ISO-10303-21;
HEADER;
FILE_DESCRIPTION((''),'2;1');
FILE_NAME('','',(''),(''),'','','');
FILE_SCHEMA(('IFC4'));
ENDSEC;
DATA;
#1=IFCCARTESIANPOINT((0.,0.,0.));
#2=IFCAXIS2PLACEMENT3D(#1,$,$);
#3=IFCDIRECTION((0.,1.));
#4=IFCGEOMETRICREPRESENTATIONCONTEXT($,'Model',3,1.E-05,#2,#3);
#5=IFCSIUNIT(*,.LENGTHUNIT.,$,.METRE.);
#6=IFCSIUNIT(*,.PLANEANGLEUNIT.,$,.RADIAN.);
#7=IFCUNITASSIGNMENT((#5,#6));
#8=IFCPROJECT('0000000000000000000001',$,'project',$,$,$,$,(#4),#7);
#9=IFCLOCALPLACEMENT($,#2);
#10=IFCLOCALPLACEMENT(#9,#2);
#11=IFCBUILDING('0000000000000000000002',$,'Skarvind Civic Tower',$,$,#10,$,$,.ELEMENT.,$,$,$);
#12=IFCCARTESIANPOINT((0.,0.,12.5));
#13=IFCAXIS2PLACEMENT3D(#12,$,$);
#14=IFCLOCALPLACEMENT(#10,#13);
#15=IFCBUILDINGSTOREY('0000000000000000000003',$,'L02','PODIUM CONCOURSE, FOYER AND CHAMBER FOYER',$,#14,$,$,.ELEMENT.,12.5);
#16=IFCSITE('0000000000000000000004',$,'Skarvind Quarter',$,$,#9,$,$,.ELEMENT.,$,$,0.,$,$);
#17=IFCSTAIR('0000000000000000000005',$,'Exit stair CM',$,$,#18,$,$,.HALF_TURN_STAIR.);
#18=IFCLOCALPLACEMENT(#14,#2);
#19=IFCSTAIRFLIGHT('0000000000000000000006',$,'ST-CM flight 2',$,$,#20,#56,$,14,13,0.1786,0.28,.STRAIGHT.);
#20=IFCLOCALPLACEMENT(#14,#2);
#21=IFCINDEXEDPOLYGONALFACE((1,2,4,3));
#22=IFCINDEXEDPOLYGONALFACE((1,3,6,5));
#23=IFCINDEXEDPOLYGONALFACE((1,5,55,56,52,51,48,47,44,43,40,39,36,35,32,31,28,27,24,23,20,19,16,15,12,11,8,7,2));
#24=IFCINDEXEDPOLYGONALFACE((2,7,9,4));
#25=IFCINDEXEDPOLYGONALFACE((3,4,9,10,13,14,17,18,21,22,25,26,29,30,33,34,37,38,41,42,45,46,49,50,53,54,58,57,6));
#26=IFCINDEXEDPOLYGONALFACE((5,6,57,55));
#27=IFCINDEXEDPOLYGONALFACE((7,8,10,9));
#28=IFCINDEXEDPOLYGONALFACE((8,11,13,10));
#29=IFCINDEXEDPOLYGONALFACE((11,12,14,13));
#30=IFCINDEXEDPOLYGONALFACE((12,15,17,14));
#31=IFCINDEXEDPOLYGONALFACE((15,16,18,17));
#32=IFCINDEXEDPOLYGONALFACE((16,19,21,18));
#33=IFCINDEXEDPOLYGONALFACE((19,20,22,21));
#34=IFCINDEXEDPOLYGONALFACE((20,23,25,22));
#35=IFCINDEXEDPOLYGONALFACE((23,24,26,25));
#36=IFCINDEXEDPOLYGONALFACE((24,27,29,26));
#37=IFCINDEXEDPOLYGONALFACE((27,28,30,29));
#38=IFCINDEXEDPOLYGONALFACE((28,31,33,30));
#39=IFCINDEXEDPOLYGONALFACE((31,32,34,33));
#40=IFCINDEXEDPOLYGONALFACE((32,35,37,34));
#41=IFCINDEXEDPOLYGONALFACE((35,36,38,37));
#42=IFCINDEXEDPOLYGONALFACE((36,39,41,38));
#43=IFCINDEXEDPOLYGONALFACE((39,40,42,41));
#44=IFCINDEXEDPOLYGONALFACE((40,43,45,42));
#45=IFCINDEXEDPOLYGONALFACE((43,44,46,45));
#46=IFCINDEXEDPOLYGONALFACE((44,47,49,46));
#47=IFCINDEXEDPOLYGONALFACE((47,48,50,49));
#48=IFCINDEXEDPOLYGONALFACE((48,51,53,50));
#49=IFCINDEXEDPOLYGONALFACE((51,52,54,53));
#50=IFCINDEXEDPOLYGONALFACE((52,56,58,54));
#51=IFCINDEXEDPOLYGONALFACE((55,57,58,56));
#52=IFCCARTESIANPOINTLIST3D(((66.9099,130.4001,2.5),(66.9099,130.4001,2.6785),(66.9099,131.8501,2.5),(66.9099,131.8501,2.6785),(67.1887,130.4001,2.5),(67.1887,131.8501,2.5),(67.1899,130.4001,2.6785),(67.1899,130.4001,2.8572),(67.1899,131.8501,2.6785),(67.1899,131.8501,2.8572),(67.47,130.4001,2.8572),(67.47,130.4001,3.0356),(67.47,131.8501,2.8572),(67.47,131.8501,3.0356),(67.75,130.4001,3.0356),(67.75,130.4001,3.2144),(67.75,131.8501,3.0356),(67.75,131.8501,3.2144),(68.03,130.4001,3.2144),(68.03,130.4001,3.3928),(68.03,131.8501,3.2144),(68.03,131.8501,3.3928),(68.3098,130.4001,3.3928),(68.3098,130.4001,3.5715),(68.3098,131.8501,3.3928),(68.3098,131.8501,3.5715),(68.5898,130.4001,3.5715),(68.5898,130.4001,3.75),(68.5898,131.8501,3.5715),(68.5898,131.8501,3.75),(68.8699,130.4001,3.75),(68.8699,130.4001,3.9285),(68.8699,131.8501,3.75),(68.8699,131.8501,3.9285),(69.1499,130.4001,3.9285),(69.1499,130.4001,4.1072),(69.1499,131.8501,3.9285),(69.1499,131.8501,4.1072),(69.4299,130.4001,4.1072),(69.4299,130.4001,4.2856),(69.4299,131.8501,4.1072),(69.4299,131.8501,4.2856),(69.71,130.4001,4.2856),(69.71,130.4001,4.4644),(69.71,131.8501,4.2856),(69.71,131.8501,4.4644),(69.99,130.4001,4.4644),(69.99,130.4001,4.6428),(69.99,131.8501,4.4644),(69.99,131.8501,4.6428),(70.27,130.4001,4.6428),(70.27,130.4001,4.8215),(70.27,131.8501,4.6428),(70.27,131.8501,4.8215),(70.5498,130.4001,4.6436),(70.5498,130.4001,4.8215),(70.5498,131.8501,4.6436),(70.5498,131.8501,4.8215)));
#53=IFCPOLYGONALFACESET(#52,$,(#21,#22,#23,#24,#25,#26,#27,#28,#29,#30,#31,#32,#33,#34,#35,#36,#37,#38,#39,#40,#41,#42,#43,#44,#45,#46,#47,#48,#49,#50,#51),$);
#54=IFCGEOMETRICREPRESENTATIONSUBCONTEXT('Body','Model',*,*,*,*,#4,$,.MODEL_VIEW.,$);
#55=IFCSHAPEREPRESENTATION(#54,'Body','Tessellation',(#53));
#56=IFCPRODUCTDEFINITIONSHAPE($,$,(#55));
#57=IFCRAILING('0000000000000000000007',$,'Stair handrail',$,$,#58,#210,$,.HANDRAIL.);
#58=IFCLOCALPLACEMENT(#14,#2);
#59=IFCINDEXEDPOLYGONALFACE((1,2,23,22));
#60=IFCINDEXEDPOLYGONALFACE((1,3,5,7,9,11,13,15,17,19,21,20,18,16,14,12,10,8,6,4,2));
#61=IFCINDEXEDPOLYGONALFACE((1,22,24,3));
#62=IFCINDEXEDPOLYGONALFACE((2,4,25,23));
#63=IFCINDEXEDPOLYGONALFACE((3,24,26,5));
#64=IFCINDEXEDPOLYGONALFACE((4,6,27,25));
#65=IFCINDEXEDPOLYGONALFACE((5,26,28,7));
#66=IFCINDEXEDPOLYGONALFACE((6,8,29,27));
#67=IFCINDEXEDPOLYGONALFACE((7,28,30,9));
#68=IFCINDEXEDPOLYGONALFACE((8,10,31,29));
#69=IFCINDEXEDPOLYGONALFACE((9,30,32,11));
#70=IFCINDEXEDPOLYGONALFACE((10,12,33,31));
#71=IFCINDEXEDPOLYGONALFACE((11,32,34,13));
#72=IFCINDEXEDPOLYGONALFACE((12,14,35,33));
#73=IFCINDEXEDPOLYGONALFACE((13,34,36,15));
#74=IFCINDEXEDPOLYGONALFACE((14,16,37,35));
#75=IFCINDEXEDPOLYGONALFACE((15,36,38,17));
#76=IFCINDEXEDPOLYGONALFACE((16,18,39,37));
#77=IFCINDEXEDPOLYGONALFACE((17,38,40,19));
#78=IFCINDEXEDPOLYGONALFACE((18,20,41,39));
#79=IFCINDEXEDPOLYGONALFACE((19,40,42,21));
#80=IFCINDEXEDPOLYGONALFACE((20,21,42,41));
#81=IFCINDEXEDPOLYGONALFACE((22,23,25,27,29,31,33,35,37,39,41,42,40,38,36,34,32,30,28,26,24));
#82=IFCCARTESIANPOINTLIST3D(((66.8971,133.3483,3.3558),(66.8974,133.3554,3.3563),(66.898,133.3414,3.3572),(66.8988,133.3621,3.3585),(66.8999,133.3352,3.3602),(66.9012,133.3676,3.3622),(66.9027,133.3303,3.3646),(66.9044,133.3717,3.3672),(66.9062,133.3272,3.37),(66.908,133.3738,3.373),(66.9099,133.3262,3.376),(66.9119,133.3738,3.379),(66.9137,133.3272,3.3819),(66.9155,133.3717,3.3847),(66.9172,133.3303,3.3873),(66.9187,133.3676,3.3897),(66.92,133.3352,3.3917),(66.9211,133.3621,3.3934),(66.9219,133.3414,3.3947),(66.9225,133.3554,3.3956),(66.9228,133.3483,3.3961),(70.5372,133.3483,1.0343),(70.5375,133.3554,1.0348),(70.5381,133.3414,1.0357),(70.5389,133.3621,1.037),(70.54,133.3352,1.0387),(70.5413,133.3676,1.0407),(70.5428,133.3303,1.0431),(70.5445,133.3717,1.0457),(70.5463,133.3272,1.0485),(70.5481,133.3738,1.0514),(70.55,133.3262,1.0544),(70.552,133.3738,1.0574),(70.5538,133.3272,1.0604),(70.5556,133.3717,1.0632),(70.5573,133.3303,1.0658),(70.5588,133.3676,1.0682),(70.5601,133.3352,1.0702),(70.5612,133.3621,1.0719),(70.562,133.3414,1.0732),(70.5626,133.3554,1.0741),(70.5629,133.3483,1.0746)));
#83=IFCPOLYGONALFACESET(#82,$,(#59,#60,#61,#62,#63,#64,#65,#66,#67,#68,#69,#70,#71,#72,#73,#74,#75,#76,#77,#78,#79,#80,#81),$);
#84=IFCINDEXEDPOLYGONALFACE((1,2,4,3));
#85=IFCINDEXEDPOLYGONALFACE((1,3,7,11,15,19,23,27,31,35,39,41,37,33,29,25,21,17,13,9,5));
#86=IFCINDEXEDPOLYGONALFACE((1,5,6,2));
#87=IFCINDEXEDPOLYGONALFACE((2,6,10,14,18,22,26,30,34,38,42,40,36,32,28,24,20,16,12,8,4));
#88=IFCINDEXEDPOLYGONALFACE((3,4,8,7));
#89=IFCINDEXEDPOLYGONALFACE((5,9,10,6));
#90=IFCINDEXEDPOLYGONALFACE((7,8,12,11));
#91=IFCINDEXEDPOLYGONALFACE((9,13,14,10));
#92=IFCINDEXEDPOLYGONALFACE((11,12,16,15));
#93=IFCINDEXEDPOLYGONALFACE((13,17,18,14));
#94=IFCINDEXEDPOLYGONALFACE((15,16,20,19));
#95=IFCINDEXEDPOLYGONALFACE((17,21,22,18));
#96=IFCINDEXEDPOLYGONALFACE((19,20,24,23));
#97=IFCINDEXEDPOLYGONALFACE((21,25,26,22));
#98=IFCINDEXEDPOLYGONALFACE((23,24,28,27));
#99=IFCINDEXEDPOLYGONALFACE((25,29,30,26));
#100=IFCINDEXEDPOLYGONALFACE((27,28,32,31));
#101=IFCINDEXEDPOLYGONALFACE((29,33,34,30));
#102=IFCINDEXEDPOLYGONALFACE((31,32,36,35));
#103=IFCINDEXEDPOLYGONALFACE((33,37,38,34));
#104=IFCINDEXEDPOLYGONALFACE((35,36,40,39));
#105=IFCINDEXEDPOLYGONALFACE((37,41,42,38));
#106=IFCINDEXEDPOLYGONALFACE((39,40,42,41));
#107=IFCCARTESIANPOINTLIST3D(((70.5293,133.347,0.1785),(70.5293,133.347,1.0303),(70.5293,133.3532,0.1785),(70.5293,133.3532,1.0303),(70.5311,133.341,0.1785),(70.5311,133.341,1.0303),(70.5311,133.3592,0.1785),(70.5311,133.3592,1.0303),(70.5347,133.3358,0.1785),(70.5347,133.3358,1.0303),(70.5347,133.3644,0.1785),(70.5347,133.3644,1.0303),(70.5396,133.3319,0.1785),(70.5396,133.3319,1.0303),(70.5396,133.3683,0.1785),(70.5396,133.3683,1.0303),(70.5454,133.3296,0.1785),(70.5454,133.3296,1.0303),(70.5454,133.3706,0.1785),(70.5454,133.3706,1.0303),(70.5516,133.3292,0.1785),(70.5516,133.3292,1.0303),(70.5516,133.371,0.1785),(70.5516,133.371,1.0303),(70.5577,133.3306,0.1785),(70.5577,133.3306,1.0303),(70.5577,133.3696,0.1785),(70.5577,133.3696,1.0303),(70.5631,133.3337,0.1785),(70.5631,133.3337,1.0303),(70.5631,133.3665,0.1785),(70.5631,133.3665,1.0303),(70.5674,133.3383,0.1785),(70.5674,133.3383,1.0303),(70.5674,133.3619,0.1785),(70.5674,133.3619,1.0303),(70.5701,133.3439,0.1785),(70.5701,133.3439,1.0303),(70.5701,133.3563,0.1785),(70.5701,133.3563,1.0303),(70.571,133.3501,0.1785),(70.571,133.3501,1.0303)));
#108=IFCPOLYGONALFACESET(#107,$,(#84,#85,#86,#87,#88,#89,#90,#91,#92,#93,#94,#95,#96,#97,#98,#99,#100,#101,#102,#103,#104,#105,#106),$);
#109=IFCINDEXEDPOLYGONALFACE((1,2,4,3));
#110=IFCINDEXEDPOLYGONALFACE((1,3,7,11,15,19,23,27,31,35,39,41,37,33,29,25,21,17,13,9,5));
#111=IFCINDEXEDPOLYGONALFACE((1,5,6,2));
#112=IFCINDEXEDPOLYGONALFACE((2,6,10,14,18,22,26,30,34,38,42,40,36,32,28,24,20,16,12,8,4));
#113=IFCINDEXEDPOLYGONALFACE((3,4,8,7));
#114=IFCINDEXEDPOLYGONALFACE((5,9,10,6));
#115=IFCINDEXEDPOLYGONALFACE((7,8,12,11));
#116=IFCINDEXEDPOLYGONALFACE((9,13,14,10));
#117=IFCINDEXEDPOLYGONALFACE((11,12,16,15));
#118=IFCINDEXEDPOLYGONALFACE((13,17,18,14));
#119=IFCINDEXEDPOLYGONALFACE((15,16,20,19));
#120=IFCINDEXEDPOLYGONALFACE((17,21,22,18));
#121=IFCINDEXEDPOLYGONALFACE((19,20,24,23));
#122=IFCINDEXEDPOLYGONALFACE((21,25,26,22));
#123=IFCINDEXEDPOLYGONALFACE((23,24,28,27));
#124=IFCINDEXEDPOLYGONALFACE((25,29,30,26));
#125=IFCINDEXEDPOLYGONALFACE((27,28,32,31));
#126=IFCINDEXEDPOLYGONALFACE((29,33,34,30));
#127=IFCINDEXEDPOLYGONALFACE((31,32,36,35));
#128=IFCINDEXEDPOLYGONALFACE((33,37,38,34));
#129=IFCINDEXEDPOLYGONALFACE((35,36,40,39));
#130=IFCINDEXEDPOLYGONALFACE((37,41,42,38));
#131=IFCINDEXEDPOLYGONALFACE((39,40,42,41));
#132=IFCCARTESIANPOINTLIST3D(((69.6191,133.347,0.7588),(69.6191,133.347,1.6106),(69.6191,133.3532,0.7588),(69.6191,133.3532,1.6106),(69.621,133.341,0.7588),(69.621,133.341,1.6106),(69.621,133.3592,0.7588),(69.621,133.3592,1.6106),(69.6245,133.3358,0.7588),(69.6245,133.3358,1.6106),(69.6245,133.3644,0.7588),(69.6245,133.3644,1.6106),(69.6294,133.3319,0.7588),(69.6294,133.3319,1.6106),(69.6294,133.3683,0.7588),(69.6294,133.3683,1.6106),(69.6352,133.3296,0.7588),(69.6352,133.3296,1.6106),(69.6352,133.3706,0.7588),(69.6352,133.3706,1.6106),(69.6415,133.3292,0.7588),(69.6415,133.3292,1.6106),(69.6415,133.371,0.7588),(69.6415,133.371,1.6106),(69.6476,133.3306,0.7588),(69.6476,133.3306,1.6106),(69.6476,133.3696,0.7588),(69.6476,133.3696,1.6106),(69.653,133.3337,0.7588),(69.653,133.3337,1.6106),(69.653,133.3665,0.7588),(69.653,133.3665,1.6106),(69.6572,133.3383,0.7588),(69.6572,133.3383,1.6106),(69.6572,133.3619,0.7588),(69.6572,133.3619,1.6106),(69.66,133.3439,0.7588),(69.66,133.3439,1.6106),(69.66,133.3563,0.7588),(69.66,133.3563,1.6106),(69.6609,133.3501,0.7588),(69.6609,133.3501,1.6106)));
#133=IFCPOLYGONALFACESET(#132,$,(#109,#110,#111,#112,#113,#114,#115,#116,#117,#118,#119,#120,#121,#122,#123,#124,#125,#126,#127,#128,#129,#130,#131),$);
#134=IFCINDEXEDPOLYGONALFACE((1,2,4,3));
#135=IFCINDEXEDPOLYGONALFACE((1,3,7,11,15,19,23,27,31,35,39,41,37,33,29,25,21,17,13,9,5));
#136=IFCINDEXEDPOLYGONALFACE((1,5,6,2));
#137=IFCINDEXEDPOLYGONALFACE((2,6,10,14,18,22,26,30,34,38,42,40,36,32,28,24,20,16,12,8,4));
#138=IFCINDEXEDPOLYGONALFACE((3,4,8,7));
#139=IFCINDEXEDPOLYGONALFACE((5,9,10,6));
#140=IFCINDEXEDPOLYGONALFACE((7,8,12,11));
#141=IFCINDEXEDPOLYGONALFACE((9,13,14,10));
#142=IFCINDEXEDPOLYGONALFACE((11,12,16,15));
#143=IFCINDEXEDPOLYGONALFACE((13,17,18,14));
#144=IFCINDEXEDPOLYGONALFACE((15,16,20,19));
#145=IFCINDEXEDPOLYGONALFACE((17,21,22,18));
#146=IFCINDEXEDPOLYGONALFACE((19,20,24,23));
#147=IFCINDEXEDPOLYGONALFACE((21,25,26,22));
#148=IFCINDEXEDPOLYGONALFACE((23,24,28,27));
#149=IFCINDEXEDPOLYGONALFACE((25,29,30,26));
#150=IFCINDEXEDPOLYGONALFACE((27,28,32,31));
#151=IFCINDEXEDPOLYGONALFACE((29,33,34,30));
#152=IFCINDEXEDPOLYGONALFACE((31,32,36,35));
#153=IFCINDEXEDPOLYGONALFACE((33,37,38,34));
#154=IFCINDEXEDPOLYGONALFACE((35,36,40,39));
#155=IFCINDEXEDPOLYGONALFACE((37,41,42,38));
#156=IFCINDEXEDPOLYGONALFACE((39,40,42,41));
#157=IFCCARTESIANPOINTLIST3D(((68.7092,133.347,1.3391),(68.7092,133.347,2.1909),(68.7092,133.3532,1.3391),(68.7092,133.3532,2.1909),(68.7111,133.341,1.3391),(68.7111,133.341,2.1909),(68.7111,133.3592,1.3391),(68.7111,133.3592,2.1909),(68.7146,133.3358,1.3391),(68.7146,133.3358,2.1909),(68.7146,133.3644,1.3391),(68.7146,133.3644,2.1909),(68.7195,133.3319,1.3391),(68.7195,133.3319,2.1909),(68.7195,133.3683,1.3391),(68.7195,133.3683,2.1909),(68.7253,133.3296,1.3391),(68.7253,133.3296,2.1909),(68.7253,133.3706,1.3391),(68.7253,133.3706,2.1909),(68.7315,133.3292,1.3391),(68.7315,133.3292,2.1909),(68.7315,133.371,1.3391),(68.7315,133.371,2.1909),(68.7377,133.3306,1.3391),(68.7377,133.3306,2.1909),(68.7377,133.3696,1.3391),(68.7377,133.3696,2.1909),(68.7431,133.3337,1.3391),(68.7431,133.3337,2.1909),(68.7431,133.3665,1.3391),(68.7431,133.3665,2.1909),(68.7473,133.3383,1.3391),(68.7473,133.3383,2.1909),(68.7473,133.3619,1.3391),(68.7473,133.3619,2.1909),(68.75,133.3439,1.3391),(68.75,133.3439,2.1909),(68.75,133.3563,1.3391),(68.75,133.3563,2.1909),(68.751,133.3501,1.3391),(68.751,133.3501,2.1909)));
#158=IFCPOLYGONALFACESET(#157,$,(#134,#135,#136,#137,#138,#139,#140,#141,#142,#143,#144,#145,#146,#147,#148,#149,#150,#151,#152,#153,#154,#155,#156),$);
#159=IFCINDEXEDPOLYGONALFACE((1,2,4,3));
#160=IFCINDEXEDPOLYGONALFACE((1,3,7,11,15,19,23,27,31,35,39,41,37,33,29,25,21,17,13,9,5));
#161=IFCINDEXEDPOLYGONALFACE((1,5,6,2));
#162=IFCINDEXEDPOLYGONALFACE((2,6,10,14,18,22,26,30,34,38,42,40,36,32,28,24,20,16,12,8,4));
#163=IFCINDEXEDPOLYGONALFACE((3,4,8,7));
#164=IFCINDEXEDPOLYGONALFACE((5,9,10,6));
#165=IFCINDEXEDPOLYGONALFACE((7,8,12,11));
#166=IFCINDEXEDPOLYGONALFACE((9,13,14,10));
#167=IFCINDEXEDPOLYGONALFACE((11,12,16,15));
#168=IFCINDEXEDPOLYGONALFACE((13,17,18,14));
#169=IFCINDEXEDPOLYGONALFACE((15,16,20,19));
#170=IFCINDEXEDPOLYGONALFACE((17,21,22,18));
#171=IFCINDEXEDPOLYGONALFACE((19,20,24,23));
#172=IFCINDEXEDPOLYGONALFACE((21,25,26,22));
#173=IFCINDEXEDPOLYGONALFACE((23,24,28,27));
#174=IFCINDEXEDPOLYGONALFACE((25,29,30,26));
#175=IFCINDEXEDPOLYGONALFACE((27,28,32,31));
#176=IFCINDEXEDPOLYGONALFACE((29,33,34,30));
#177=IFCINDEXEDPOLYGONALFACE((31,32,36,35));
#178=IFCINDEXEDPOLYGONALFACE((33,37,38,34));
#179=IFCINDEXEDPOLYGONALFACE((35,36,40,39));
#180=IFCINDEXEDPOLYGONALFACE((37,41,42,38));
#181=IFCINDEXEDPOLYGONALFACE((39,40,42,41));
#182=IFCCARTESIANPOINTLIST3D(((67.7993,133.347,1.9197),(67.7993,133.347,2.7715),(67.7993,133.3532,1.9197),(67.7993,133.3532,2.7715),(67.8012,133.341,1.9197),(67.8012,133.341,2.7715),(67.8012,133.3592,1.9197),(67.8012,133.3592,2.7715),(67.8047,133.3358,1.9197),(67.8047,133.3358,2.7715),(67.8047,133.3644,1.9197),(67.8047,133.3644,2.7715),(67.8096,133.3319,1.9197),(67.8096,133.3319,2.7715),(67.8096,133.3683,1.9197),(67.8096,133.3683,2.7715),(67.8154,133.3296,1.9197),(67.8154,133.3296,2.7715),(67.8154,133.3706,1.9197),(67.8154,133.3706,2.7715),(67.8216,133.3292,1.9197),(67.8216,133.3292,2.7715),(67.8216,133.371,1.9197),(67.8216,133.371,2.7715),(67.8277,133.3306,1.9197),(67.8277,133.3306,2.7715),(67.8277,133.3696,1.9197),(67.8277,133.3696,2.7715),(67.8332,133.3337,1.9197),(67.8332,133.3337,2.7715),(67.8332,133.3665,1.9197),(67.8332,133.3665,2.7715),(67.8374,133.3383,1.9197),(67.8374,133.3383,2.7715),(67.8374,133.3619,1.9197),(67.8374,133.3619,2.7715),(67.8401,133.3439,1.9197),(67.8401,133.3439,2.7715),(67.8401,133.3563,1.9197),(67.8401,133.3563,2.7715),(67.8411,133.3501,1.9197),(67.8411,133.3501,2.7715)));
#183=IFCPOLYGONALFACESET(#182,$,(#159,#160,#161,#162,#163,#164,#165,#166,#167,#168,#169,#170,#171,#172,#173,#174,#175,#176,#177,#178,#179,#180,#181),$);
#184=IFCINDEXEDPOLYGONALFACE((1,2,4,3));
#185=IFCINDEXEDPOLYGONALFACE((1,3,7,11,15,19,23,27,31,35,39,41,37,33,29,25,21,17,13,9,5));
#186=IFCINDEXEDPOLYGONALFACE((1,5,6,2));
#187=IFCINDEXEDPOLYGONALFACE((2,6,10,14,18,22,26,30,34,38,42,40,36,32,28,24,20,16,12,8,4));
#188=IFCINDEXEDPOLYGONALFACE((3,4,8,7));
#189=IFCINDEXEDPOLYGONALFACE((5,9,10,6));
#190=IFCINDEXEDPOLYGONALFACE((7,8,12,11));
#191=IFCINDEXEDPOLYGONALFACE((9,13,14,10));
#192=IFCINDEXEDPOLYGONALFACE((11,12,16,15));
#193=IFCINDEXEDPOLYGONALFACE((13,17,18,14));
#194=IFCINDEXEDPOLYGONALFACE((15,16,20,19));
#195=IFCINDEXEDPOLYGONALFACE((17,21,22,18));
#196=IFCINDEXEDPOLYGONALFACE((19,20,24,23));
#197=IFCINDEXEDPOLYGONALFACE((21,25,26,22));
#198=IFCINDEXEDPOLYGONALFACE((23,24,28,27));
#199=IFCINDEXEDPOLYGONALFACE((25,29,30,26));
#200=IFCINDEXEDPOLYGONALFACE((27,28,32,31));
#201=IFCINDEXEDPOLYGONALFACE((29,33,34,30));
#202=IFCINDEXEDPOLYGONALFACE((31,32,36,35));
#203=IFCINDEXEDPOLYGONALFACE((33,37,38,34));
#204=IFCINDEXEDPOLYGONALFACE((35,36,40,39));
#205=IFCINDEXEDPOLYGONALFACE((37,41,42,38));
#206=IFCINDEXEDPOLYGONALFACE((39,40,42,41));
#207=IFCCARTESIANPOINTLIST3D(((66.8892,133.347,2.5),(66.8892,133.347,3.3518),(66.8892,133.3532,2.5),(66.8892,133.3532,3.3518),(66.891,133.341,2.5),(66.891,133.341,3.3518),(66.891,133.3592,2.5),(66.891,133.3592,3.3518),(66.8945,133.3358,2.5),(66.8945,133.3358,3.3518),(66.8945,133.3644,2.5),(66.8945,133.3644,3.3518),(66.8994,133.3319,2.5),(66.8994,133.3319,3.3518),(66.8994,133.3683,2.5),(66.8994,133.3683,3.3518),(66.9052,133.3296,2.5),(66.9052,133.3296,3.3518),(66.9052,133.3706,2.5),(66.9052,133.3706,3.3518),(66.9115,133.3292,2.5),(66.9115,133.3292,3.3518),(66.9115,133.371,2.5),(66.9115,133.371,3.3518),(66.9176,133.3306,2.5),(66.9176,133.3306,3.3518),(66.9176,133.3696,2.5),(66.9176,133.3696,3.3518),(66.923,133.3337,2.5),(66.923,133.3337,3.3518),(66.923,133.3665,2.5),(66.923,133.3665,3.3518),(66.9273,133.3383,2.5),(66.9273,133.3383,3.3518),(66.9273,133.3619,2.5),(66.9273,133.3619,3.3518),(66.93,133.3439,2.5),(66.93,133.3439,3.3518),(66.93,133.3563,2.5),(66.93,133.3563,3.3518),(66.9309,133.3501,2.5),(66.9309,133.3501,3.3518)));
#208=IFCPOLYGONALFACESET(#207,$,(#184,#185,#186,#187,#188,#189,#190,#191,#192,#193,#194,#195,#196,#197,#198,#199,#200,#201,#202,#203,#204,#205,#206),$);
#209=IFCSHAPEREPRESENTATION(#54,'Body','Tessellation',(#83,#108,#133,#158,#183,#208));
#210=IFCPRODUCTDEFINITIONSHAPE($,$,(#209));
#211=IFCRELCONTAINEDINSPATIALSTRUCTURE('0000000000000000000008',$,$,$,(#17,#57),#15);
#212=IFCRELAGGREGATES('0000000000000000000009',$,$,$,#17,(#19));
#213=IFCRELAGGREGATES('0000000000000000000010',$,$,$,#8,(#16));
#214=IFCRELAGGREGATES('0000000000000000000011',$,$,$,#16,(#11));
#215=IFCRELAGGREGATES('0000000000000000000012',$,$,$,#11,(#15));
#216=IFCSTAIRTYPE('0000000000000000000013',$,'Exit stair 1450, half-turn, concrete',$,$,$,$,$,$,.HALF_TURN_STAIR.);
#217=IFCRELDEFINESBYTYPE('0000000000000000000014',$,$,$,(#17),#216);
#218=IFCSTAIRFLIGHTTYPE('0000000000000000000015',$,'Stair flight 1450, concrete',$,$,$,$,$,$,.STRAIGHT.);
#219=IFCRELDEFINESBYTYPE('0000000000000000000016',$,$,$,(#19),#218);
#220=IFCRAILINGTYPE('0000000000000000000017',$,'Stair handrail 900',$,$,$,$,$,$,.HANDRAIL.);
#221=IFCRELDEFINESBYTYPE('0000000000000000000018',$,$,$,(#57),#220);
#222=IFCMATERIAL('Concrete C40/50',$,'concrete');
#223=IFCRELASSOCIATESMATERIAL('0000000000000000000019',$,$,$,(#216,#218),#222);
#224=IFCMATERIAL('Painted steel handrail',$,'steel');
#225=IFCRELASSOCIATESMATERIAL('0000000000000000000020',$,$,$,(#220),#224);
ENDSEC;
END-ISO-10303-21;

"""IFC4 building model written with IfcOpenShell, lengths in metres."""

from ifc_helpers import new_model, si_unit, direction, frame, origin, origin_2d, place, context, subcontext, project, spatial, polyline, circle, outline, extrude, material, type_object, element, aggregate, save


model = new_model("IFC4")

# Units and contexts
model_context = context("Model", 3, precision=1e-05, world=origin(), true_north=direction((0.0, 1.0)))
body_context = subcontext(model_context, "Body", "Model", "MODEL_VIEW")
ifc_project = project(units=[si_unit("LENGTHUNIT", "METRE"), si_unit("PLANEANGLEUNIT", "RADIAN")], contexts=[model_context])

# Site, building, storey
site_placement = place(None, origin())
site = spatial("IfcSite", under=ifc_project, at=site_placement, Name="Skarvind Quarter", CompositionType="ELEMENT", RefElevation=0.0)
building_placement = place(site_placement, origin())
building = spatial("IfcBuilding", under=site, at=building_placement, Name="Skarvind Civic Tower", CompositionType="ELEMENT")
storey_placement = place(building_placement, frame((0.0, 0.0, 12.5)))
storey = spatial("IfcBuildingStorey", under=building, at=storey_placement, Name="L02", Description="PODIUM CONCOURSE, FOYER AND CHAMBER FOYER", CompositionType="ELEMENT", Elevation=12.5)

# Stair, stair flight
ifc_material_1 = material(Name="Concrete C40/50", Category="concrete")
stair_type = type_object("IfcStairType", Name="Exit stair 1450, half-turn, concrete", PredefinedType="HALF_TURN_STAIR", material=ifc_material_1)
stair_placement = place(storey_placement, origin())
stair = element("IfcStair", 1, at=stair_placement, inside=storey, type_object=stair_type, Name="Exit stair CM", PredefinedType="HALF_TURN_STAIR")
stair_flight_type = type_object("IfcStairFlightType", Name="Stair flight 1450, concrete", PredefinedType="STRAIGHT", material=ifc_material_1)
stair_flight_1_placement = place(storey_placement, frame((66.9099, 131.125, 2.5), z_axis=(0.0, 0.0, 1.0), x_axis=(1.0, 0.0, 0.0)))
stair_flight_1 = element("IfcStairFlight", 2, at=stair_flight_1_placement, type_object=stair_flight_type, Name="ST-CM flight 2", NumberOfRisers=14, NumberOfTreads=13, PredefinedType="STRAIGHT", RiserHeight=0.1786, TreadLength=0.28, context=body_context, shape_type="SweptSolid", body=[
    extrude(outline(polyline([(0.0, 0.0), (0.0, 0.1785), (0.28, 0.1785), (0.28, 0.3572), (0.5601, 0.3572), (0.5601, 0.5356), (0.8401, 0.5356), (0.8401, 0.7144), (1.1201, 0.7144), (1.1201, 0.8928), (1.3999, 0.8928), (1.3999, 1.0715), (1.6799, 1.0715), (1.6799, 1.25), (1.96, 1.25), (1.96, 1.4285), (2.24, 1.4285), (2.24, 1.6072), (2.52, 1.6072), (2.52, 1.7856), (2.8, 1.7856), (2.8, 1.9644), (3.0801, 1.9644), (3.0801, 2.1428), (3.3601, 2.1428), (3.3601, 2.3215), (3.6399, 2.3215), (3.6399, 2.5), (3.6399, 2.1436), (0.2788, 0.0), (0.0, 0.0)])), frame((0.0, 0.7251, 0.0), z_axis=(0.0, -1.0, 0.0), x_axis=(1.0, 0.0, 0.0)), (0.0, 0.0, 1.0), 1.45),
])
aggregate(stair, [stair_flight_1])

# Railing
ifc_material_2 = material(Name="Painted steel handrail", Category="steel")
railing_type = type_object("IfcRailingType", Name="Stair handrail 900", PredefinedType="HANDRAIL", material=ifc_material_2)
railing_1_placement = place(storey_placement, frame((70.55, 133.3501, 0.1785)))
element("IfcRailing", 3, at=railing_1_placement, inside=storey, type_object=railing_type, Name="Stair handrail", PredefinedType="HANDRAIL", context=body_context, shape_type="SweptSolid", body=[
    extrude(circle(Radius=0.0239, at=origin_2d()), frame((0.0, 0.0, 0.876), z_axis=(-0.843128, 0.0, 0.537713), x_axis=(0.0, -1.0, 0.0)), (0.0, 0.0, 1.0), 4.3174),
    extrude(circle(Radius=0.021, at=origin_2d()), origin(), (0.0, 0.0, 1.0), 0.8518),
    extrude(circle(Radius=0.021, at=origin_2d()), frame((-0.9102, 0.0, 0.5803)), (0.0, 0.0, 1.0), 0.8518),
    extrude(circle(Radius=0.021, at=origin_2d()), frame((-1.8201, 0.0, 1.1606)), (0.0, 0.0, 1.0), 0.8518),
    extrude(circle(Radius=0.021, at=origin_2d()), frame((-2.73, 0.0, 1.7412)), (0.0, 0.0, 1.0), 0.8518),
    extrude(circle(Radius=0.021, at=origin_2d()), frame((-3.6401, 0.0, 2.3215)), (0.0, 0.0, 1.0), 0.8518),
])

save(model, "model.ifc")
